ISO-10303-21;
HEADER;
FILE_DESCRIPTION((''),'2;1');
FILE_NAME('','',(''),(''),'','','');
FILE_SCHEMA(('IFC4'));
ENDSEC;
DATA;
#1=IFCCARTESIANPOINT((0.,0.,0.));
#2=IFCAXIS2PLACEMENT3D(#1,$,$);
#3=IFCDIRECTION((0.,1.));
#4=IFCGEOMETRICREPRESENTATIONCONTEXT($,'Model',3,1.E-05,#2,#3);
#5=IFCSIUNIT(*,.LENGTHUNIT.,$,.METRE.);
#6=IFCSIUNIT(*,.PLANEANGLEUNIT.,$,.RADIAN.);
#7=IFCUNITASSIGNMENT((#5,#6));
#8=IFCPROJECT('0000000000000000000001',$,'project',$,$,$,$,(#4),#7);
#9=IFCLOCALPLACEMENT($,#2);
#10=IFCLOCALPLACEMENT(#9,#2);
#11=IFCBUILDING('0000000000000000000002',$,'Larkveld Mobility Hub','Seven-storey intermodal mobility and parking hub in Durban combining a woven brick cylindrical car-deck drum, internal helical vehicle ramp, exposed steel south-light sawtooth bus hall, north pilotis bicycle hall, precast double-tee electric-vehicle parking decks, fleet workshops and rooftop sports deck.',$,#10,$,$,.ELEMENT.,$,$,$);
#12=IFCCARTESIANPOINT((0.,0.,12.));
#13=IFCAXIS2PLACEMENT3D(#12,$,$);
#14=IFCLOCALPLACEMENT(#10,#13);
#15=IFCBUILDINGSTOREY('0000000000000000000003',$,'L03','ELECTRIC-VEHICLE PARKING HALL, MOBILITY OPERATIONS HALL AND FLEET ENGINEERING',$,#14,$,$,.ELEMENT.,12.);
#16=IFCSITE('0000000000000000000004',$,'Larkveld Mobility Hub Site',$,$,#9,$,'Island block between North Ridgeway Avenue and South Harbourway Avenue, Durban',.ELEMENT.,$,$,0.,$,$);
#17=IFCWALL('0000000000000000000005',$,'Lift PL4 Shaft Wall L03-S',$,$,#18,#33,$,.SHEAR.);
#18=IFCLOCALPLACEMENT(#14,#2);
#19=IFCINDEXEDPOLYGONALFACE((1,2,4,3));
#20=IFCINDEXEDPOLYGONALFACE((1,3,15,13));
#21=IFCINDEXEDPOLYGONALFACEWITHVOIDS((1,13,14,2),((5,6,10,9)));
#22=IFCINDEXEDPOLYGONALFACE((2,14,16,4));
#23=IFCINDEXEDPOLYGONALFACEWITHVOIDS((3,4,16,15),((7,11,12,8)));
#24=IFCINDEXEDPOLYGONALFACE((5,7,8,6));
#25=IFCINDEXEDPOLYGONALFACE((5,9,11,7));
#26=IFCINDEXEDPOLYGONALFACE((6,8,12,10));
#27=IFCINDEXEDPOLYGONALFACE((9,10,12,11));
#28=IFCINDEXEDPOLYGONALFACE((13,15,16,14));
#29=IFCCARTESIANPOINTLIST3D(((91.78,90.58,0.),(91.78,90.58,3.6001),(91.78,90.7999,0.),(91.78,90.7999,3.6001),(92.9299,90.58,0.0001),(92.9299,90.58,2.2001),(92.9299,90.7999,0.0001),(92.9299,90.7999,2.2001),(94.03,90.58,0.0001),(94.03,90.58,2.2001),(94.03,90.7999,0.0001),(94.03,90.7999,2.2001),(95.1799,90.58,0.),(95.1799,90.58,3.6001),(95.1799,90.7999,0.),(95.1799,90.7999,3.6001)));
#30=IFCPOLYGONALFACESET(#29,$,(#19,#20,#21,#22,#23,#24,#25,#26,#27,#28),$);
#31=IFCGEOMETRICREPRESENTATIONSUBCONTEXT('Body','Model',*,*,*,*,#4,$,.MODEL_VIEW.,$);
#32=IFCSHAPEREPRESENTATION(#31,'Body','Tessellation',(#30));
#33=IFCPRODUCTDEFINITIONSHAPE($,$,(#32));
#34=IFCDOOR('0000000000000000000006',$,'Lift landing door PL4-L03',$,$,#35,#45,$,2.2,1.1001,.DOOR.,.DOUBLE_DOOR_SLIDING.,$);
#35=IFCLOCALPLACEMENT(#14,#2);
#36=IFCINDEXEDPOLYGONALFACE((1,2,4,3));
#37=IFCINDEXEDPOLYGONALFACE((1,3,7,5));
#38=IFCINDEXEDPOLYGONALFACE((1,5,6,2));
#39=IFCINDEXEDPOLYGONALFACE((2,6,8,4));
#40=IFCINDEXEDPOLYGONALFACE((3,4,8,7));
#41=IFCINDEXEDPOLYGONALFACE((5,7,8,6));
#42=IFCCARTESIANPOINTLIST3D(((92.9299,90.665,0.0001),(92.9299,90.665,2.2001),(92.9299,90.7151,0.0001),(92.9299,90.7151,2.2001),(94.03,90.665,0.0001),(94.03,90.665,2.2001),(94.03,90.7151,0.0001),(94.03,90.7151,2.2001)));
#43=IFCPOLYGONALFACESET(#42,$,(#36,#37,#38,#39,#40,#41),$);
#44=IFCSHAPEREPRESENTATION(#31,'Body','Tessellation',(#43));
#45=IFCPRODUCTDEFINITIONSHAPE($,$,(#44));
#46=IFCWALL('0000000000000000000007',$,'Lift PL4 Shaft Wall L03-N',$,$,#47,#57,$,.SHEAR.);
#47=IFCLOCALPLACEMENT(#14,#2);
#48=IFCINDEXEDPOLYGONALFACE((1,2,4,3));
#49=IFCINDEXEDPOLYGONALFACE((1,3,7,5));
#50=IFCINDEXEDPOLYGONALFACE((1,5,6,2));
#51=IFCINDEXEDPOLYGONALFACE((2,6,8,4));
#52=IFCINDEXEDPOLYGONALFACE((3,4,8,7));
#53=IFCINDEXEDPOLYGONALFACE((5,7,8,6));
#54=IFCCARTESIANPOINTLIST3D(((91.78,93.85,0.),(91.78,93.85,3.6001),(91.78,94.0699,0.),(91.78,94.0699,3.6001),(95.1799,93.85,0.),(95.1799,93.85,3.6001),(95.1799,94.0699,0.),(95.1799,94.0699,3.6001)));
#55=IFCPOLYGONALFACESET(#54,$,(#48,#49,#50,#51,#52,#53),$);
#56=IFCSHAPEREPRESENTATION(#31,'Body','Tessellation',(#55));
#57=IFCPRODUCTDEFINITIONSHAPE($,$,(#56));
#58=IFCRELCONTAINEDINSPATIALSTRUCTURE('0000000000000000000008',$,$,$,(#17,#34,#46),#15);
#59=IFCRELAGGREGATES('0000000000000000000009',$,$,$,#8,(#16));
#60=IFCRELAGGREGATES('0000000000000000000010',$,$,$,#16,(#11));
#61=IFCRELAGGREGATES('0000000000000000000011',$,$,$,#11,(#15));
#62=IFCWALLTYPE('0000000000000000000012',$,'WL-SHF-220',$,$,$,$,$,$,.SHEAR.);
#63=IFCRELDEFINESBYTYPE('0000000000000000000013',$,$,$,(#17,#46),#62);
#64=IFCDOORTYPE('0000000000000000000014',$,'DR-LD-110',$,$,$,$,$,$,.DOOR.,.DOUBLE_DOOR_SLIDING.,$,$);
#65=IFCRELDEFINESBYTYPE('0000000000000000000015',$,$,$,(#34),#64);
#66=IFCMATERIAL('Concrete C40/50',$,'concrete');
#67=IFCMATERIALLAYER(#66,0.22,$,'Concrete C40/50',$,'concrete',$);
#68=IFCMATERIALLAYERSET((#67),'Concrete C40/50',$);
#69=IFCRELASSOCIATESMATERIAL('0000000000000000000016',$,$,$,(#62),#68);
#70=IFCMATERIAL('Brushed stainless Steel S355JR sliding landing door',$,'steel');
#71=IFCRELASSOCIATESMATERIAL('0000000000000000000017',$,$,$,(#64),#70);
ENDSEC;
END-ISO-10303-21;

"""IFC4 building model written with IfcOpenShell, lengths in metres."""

from ifc_helpers import new_model, si_unit, direction, frame, frame_2d, origin, place, context, subcontext, project, spatial, rectangle, extrude, material, layer, layer_set, type_object, element, fill, save


model = new_model("IFC4")

# Units and contexts
model_context = context("Model", 3, precision=1e-05, world=origin(), true_north=direction((0.0, 1.0)))
body_context = subcontext(model_context, "Body", "Model", "MODEL_VIEW")
ifc_project = project(units=[si_unit("LENGTHUNIT", "METRE"), si_unit("PLANEANGLEUNIT", "RADIAN")], contexts=[model_context])

# Site, building, storey
site_placement = place(None, origin())
site = spatial("IfcSite", under=ifc_project, at=site_placement, Name="Larkveld Mobility Hub Site", LongName="Island block between North Ridgeway Avenue and South Harbourway Avenue, Durban", CompositionType="ELEMENT", RefElevation=0.0)
building_placement = place(site_placement, origin())
building = spatial("IfcBuilding", under=site, at=building_placement, Name="Larkveld Mobility Hub", Description="Seven-storey intermodal mobility and parking hub in Durban combining a woven brick cylindrical car-deck drum, internal helical vehicle ramp, exposed steel south-light sawtooth bus hall, north pilotis bicycle hall, precast double-tee electric-vehicle parking decks, fleet workshops and rooftop sports deck.", CompositionType="ELEMENT")
storey_placement = place(building_placement, frame((0.0, 0.0, 12.0)))
storey = spatial("IfcBuildingStorey", under=building, at=storey_placement, Name="L03", Description="ELECTRIC-VEHICLE PARKING HALL, MOBILITY OPERATIONS HALL AND FLEET ENGINEERING", CompositionType="ELEMENT", Elevation=12.0)

# Shared definitions
ifc_material_1 = material(Name="Concrete C40/50", Category="concrete")

# Shared definitions
ifc_layer_1 = layer(ifc_material_1, 0.22, Name="Concrete C40/50", Category="concrete")
ifc_layer_set_1 = layer_set([ifc_layer_1], Name="Concrete C40/50")
wall_type = type_object("IfcWallType", Name="WL-SHF-220", PredefinedType="SHEAR", material=ifc_layer_set_1)

# Wall, opening, door
wall_1_placement = place(storey_placement, frame((95.1799, 90.6899, 0.0), z_axis=(0.0, 0.0, 1.0), x_axis=(-1.0, 0.0, 0.0)))
wall_1 = element("IfcWall", 1, at=wall_1_placement, inside=storey, type_object=wall_type, Name="Lift PL4 Shaft Wall L03-S", PredefinedType="SHEAR", context=body_context, shape_type="SweptSolid", body=[
    extrude(rectangle(XDim=3.3999, YDim=0.22, at=frame_2d((1.7, 0.0))), origin(), (0.0, 0.0, 1.0), 3.6001),
])
opening_placement = place(wall_1_placement, frame((1.1499, 0.0, 0.0)))
opening = element("IfcOpeningElement", 2, at=opening_placement, cuts=wall_1, PredefinedType="OPENING", context=body_context, shape_type="SweptSolid", body=[
    extrude(rectangle(XDim=1.1001, YDim=2.2, at=frame_2d((0.55, 1.1001))), frame((0.0, 0.1201, 0.0), z_axis=(0.0, -1.0, 0.0), x_axis=(1.0, 0.0, 0.0)), (0.0, 0.0, 1.0), 0.24),
])
ifc_material_2 = material(Name="Brushed stainless Steel S355JR sliding landing door", Category="steel")
door_type = type_object("IfcDoorType", Name="DR-LD-110", OperationType="DOUBLE_DOOR_SLIDING", PredefinedType="DOOR", material=ifc_material_2)
door_placement = place(opening_placement, origin())
door = element("IfcDoor", 3, at=door_placement, inside=storey, type_object=door_type, Name="Lift landing door PL4-L03", OperationType="DOUBLE_DOOR_SLIDING", OverallHeight=2.2, OverallWidth=1.1001, PredefinedType="DOOR", context=body_context, shape_type="SweptSolid", body=[
    extrude(rectangle(XDim=1.1001, YDim=2.2, at=frame_2d((0.55, 1.1001))), frame((0.0, 0.0249, 0.0), z_axis=(0.0, -1.0, 0.0), x_axis=(1.0, 0.0, 0.0)), (0.0, 0.0, 1.0), 0.05),
])
fill(opening, door)

# Wall
wall_2_placement = place(storey_placement, frame((91.78, 93.96, 0.0), z_axis=(0.0, 0.0, 1.0), x_axis=(1.0, 0.0, 0.0)))
element("IfcWall", 4, at=wall_2_placement, inside=storey, type_object=wall_type, Name="Lift PL4 Shaft Wall L03-N", PredefinedType="SHEAR", context=body_context, shape_type="SweptSolid", body=[
    extrude(rectangle(XDim=3.3999, YDim=0.22, at=frame_2d((1.7, 0.0))), origin(), (0.0, 0.0, 1.0), 3.6001),
])

save(model, "model.ifc")
